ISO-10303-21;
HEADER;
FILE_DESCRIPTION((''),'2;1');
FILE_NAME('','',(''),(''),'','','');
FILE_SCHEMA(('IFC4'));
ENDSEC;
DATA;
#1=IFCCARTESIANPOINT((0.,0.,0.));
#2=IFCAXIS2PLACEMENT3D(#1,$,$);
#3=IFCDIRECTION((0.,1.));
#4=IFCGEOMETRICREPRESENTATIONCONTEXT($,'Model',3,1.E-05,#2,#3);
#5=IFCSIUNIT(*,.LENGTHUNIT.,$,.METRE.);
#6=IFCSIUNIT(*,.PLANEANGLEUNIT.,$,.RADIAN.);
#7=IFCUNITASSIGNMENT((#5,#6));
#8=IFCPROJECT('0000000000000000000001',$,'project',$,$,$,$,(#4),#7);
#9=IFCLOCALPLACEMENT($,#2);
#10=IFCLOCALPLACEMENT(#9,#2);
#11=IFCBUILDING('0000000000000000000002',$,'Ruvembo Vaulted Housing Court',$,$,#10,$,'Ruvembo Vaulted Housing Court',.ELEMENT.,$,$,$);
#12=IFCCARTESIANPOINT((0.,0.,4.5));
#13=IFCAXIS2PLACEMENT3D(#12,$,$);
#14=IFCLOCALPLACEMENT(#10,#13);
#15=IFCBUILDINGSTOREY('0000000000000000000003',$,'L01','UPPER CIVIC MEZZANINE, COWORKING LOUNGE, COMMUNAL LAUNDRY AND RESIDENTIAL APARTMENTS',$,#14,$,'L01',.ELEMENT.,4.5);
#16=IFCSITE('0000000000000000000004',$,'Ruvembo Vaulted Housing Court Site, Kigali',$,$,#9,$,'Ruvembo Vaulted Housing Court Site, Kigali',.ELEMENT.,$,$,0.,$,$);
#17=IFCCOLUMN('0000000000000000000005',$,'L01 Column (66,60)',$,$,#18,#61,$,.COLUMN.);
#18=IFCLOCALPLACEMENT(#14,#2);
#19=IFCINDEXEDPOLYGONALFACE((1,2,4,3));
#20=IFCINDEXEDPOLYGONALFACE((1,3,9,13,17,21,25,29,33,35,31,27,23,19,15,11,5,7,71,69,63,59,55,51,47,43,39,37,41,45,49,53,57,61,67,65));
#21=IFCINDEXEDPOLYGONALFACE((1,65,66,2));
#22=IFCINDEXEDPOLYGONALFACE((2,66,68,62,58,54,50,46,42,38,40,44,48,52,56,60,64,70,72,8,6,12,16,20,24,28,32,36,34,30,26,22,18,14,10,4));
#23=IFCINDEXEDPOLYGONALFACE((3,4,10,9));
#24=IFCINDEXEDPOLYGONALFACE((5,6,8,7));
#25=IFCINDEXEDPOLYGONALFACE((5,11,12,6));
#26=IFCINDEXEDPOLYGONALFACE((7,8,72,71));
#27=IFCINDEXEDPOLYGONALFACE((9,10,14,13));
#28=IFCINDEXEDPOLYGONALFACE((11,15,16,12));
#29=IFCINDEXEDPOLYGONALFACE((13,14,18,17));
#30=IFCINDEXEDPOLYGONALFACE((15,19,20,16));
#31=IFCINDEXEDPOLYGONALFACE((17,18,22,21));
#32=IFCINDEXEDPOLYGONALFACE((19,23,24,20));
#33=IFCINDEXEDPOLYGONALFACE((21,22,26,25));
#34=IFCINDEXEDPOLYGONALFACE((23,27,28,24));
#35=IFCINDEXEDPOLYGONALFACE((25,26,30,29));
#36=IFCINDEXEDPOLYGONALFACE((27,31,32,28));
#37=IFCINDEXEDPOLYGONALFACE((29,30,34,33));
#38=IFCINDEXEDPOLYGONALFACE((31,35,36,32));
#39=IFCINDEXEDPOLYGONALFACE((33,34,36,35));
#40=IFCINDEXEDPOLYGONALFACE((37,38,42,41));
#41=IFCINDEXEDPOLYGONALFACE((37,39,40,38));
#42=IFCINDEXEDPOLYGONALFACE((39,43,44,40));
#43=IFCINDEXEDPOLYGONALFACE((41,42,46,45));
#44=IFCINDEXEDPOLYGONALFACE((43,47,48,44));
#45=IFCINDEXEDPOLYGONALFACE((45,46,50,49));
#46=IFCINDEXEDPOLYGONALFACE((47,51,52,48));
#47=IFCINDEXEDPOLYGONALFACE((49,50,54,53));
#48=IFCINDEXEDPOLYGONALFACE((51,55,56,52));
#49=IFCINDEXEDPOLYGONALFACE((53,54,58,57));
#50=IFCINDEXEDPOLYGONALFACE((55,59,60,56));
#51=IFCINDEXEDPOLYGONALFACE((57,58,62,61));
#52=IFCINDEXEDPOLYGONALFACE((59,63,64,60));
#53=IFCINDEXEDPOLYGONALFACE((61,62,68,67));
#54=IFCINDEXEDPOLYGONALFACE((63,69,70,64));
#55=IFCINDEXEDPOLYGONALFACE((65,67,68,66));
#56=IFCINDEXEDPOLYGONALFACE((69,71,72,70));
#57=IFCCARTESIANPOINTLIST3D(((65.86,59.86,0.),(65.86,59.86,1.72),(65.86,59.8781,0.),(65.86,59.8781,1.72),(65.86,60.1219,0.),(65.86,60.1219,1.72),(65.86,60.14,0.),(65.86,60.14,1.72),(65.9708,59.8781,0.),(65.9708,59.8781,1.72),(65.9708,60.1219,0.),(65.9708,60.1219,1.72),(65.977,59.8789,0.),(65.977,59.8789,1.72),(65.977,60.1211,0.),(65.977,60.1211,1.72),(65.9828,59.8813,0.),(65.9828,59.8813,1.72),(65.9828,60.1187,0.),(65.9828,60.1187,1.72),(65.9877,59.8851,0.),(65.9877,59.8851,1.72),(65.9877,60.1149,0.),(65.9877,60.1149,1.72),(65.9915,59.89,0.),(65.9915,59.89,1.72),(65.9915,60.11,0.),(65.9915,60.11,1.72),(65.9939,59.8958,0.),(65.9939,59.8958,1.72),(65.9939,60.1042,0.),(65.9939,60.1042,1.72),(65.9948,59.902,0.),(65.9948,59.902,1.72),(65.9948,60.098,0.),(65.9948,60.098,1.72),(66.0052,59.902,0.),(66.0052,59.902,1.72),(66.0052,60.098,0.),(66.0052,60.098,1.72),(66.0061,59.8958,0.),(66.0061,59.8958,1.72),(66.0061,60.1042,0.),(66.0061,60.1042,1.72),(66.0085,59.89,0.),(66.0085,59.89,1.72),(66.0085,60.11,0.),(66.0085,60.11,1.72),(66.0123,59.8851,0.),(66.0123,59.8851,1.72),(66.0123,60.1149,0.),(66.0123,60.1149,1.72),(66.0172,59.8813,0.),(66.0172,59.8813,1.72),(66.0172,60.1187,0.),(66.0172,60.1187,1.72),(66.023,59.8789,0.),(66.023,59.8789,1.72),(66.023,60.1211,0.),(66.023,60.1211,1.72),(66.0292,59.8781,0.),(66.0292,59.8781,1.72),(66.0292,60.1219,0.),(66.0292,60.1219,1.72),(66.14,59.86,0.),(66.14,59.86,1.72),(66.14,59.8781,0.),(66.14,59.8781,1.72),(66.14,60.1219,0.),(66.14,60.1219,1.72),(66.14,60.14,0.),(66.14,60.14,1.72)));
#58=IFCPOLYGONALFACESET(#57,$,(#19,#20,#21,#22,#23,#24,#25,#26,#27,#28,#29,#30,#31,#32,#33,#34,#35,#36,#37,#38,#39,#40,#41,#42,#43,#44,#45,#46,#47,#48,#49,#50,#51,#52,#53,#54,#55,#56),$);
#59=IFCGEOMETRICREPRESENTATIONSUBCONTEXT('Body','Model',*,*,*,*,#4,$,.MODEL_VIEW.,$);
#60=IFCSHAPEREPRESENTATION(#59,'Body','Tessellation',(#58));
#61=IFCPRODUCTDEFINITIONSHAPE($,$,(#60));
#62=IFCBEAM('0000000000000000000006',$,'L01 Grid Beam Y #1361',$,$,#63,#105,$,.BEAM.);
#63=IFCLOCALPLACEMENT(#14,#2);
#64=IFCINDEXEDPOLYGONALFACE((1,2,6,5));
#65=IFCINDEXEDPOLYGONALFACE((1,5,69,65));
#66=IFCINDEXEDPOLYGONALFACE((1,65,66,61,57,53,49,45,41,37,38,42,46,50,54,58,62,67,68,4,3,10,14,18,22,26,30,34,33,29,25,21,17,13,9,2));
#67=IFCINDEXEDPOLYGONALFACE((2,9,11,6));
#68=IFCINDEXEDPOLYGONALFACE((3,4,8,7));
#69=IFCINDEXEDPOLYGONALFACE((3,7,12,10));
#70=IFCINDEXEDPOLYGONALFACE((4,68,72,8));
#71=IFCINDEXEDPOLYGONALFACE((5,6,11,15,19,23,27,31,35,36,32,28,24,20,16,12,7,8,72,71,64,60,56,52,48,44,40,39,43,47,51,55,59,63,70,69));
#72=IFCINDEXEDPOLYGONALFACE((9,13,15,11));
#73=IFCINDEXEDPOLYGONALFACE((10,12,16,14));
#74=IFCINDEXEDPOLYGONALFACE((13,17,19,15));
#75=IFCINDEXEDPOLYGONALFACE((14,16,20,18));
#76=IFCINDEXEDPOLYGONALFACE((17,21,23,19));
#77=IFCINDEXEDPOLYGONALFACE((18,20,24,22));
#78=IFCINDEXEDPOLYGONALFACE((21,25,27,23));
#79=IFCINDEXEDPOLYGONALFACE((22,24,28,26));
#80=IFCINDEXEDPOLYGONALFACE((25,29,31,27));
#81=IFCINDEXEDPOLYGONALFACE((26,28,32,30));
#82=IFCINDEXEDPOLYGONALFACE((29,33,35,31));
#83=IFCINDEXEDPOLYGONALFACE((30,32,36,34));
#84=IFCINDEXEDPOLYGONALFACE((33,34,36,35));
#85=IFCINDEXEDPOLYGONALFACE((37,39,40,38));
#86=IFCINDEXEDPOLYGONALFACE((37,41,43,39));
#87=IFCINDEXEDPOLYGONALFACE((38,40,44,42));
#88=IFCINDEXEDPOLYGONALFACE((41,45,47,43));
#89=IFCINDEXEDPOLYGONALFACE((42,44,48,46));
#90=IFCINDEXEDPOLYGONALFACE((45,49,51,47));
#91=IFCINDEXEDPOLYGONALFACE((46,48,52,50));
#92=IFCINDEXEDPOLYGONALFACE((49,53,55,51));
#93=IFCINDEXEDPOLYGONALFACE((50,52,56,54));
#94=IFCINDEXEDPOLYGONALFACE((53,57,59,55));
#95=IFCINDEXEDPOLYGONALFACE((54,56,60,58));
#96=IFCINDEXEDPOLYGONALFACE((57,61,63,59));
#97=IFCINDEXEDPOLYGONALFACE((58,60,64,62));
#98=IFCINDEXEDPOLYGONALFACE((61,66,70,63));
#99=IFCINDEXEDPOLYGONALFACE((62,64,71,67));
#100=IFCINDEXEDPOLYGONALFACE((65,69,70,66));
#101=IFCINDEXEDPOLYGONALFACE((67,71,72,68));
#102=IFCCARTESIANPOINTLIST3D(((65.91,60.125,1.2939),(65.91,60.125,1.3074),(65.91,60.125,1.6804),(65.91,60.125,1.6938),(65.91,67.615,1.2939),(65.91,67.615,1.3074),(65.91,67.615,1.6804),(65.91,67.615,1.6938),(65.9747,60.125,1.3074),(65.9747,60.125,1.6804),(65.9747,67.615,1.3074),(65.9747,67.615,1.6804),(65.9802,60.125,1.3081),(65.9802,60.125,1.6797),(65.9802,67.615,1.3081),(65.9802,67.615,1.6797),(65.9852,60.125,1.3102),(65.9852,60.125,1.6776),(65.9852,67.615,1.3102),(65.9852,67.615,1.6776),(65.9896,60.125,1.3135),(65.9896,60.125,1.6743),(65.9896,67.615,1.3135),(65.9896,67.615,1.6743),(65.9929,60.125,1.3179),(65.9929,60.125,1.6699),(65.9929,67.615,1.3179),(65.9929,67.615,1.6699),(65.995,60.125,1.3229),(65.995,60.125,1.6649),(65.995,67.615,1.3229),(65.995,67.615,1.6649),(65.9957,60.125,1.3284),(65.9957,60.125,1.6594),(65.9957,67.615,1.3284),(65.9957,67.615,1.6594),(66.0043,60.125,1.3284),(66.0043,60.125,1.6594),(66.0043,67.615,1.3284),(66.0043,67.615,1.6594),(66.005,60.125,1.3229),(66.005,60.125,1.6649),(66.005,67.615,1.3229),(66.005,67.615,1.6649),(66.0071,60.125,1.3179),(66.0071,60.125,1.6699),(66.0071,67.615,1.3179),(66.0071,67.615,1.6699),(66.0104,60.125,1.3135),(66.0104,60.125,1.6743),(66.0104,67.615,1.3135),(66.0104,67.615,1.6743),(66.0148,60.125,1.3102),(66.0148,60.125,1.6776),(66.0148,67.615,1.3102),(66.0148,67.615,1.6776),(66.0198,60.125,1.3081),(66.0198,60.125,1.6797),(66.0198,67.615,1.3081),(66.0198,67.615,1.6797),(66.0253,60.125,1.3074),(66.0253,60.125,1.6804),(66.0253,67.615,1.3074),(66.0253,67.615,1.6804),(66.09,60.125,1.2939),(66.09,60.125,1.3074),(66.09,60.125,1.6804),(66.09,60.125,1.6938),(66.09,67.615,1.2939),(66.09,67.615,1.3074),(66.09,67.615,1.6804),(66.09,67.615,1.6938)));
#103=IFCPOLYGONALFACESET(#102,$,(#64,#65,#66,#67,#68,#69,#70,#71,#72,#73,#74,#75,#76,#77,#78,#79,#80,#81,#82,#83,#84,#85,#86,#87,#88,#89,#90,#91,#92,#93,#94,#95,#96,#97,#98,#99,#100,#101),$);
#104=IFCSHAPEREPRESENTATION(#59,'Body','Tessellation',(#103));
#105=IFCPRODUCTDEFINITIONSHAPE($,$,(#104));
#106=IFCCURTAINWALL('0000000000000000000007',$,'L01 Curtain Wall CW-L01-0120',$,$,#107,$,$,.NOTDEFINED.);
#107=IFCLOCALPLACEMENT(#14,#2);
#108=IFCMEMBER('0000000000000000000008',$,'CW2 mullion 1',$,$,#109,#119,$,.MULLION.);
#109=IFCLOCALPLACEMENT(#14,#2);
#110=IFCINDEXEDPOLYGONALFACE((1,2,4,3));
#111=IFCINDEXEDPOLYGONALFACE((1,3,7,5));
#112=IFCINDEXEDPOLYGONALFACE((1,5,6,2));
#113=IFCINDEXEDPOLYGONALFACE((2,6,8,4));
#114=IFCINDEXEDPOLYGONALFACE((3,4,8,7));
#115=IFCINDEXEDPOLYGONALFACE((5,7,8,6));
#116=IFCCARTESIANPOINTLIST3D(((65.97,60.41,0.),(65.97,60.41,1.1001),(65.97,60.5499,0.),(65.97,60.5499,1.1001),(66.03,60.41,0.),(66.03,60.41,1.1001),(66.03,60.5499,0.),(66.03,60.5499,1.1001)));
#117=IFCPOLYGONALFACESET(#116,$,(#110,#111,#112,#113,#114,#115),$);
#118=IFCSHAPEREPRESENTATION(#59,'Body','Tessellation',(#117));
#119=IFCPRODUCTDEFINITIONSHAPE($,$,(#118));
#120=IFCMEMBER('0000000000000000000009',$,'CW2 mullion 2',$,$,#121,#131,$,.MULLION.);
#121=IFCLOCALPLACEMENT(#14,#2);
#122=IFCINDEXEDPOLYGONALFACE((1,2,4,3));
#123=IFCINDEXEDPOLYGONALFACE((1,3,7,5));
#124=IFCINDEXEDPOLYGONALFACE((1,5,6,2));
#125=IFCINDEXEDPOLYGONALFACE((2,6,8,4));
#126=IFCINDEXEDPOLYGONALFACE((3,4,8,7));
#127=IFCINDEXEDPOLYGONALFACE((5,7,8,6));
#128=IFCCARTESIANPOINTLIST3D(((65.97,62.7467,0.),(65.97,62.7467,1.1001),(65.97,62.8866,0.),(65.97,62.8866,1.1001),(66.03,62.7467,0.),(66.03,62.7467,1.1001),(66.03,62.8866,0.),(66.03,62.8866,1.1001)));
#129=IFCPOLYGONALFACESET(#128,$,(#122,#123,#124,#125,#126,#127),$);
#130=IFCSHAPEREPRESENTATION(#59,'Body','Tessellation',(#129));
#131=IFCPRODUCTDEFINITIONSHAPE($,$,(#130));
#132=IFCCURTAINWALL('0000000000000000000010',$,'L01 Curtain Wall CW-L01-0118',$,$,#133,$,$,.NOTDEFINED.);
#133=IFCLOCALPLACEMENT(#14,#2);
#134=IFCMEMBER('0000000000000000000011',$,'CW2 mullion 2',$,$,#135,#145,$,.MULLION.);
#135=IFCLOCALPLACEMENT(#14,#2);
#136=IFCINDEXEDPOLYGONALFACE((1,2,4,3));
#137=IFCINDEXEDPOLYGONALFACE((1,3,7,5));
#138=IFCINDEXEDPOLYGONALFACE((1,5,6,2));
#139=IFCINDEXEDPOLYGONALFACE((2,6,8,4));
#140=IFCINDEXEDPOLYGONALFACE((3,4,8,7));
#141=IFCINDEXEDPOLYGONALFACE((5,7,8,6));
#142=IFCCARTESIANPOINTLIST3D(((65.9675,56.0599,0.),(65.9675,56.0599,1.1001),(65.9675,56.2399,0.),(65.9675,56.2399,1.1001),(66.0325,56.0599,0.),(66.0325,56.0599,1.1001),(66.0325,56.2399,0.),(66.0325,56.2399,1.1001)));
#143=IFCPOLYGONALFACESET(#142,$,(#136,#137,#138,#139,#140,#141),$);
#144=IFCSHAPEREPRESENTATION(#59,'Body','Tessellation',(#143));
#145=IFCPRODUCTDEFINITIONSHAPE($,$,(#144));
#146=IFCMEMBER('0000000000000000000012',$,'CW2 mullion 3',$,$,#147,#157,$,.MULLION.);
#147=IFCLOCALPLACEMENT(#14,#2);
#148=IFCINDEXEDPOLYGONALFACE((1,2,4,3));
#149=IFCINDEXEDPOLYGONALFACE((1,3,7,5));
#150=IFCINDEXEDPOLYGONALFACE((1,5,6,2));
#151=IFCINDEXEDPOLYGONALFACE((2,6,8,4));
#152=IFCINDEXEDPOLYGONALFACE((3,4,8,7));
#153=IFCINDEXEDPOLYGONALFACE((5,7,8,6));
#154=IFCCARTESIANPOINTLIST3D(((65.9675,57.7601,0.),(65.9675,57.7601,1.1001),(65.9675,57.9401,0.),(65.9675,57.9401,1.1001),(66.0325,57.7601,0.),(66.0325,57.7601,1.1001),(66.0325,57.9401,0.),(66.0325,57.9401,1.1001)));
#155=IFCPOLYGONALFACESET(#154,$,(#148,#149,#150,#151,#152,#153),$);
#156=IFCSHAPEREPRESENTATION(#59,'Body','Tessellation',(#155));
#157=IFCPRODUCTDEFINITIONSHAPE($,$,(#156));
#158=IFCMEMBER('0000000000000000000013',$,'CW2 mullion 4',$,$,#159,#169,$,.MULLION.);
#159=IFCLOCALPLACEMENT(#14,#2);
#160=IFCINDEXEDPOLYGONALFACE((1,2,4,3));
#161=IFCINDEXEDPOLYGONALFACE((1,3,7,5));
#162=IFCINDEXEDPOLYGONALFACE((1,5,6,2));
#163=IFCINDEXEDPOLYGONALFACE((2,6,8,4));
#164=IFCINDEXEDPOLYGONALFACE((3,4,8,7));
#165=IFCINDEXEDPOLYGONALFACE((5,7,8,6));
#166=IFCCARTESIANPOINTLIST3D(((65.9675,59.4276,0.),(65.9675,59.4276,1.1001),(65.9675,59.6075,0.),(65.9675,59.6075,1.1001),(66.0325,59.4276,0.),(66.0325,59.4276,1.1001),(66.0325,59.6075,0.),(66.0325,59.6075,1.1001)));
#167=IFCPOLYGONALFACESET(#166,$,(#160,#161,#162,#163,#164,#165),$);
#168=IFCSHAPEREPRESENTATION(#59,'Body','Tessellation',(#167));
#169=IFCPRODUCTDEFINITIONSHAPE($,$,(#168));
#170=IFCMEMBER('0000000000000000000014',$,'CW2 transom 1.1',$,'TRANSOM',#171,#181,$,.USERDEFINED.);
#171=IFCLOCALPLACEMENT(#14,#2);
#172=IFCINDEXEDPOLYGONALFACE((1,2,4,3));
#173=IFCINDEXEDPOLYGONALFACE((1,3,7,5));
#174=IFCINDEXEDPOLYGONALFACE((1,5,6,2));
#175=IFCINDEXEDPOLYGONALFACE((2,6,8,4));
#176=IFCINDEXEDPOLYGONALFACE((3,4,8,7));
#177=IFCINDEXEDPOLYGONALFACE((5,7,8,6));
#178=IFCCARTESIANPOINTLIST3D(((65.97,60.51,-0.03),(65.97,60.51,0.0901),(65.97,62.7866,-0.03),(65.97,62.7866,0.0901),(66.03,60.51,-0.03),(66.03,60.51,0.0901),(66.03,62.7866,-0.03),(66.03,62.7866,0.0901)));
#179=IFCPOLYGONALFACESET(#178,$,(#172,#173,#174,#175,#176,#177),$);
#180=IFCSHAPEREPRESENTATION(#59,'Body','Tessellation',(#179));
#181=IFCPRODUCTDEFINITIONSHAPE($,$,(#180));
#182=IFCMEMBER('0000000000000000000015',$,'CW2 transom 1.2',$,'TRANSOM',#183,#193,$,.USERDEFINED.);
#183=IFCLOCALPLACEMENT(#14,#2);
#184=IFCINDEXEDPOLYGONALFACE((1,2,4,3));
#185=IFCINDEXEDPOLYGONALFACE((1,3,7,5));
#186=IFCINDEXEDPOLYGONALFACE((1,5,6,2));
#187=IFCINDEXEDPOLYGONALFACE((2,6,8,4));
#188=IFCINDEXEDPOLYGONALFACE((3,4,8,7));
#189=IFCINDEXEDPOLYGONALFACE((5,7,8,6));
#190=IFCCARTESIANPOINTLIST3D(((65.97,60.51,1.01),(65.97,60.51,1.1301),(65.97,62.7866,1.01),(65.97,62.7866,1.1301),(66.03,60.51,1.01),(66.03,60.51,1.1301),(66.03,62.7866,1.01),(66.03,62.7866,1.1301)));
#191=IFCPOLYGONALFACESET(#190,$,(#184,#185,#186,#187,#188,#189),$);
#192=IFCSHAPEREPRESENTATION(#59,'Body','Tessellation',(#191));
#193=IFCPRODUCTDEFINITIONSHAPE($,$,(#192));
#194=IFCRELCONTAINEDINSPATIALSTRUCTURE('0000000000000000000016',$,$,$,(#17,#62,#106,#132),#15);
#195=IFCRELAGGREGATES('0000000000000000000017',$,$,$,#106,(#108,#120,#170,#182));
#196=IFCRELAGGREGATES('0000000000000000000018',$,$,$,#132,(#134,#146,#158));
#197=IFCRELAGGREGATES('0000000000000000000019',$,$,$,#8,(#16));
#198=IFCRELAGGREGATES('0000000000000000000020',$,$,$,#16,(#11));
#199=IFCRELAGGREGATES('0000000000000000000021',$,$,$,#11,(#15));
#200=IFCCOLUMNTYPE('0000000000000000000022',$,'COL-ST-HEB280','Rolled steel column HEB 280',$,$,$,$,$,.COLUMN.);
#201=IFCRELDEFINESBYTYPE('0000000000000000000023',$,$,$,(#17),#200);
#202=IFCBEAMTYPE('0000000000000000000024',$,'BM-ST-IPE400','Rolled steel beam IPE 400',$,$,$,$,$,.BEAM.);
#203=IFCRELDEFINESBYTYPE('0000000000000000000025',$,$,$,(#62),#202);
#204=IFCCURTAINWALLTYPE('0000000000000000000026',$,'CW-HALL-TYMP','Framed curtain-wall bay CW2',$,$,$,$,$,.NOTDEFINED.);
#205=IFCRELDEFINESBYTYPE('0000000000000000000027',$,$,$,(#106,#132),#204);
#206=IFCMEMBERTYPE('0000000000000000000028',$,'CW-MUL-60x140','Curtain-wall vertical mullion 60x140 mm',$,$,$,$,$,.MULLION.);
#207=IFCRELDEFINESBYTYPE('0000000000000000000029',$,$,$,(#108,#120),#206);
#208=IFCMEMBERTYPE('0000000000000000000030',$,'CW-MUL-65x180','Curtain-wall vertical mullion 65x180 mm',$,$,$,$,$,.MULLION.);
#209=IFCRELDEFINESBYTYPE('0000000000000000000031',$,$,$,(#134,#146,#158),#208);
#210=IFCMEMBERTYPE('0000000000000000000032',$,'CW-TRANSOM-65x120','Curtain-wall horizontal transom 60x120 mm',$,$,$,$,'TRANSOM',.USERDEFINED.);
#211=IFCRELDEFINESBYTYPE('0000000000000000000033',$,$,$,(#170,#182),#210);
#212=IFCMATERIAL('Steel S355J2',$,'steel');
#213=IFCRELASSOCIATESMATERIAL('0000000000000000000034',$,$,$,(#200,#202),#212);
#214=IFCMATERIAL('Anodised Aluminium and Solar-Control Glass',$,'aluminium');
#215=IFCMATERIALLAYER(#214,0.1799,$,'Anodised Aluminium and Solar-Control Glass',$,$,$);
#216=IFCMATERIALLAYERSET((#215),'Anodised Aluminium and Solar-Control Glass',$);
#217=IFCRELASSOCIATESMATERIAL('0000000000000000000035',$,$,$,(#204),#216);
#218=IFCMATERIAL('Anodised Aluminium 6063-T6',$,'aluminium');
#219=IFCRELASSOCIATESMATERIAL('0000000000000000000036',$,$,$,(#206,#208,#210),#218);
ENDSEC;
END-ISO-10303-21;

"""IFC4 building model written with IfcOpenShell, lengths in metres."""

from ifc_helpers import new_model, si_unit, direction, frame, origin, origin_2d, place, context, subcontext, project, spatial, rectangle, i_section, extrude, material, layer, layer_set, material_profile, profile_set, type_object, element, aggregate, save


model = new_model("IFC4")

# Units and contexts
model_context = context("Model", 3, precision=1e-05, world=origin(), true_north=direction((0.0, 1.0)))
body_context = subcontext(model_context, "Body", "Model", "MODEL_VIEW")
ifc_project = project(units=[si_unit("LENGTHUNIT", "METRE"), si_unit("PLANEANGLEUNIT", "RADIAN")], contexts=[model_context])

# Site, building, storey
site_placement = place(None, origin())
site = spatial("IfcSite", under=ifc_project, at=site_placement, Name="Ruvembo Vaulted Housing Court Site, Kigali", LongName="Ruvembo Vaulted Housing Court Site, Kigali", CompositionType="ELEMENT", RefElevation=0.0)
building_placement = place(site_placement, origin())
building = spatial("IfcBuilding", under=site, at=building_placement, Name="Ruvembo Vaulted Housing Court", LongName="Ruvembo Vaulted Housing Court", CompositionType="ELEMENT")
storey_placement = place(building_placement, frame((0.0, 0.0, 4.5)))
storey = spatial("IfcBuildingStorey", under=building, at=storey_placement, Name="L01", Description="UPPER CIVIC MEZZANINE, COWORKING LOUNGE, COMMUNAL LAUNDRY AND RESIDENTIAL APARTMENTS", LongName="L01", CompositionType="ELEMENT", Elevation=4.5)

# Column
ifc_material_1 = material(Name="Steel S355J2", Category="steel")
ifc_material_profile_1 = material_profile(ifc_material_1, i_section(OverallWidth=0.28, OverallDepth=0.28, WebThickness=0.0105, FlangeThickness=0.0181, FilletRadius=0.0239, at=origin_2d()), Name="HEB 280")
ifc_profile_set_1 = profile_set([ifc_material_profile_1], Name="Steel S355J2")
column_type = type_object("IfcColumnType", Name="COL-ST-HEB280", Description="Rolled steel column HEB 280", PredefinedType="COLUMN", material=ifc_profile_set_1)
column_placement = place(storey_placement, frame((66.0, 60.0, 0.0), z_axis=(0.0, 0.0, 1.0), x_axis=(1.0, 0.0, 0.0)))
element("IfcColumn", 1, at=column_placement, inside=storey, type_object=column_type, Name="L01 Column (66,60)", PredefinedType="COLUMN", context=body_context, shape_type="SweptSolid", body=[
    extrude(i_section(OverallWidth=0.28, OverallDepth=0.28, WebThickness=0.0105, FlangeThickness=0.0181, FilletRadius=0.0239, at=origin_2d()), origin(), (0.0, 0.0, 1.0), 1.72),
])

# Beam
ifc_material_profile_2 = material_profile(ifc_material_1, i_section(OverallWidth=0.1799, OverallDepth=0.3999, WebThickness=0.0085, FlangeThickness=0.0134, FilletRadius=0.021, at=origin_2d()), Name="IPE 400")
ifc_profile_set_2 = profile_set([ifc_material_profile_2], Name="Steel S355J2")
beam_type = type_object("IfcBeamType", Name="BM-ST-IPE400", Description="Rolled steel beam IPE 400", PredefinedType="BEAM", material=ifc_profile_set_2)
beam_placement = place(storey_placement, frame((66.0, 60.125, 1.4939), z_axis=(0.0, 1.0, 0.0), x_axis=(-1.0, 0.0, 0.0)))
element("IfcBeam", 2, at=beam_placement, inside=storey, type_object=beam_type, Name="L01 Grid Beam Y #1361", PredefinedType="BEAM", context=body_context, shape_type="SweptSolid", body=[
    extrude(i_section(OverallWidth=0.1799, OverallDepth=0.3999, WebThickness=0.0085, FlangeThickness=0.0134, FilletRadius=0.021, at=origin_2d()), origin(), (0.0, 0.0, 1.0), 7.49),
])

# Curtain walls, members
ifc_material_2 = material(Name="Anodised Aluminium and Solar-Control Glass", Category="aluminium")
ifc_layer_1 = layer(ifc_material_2, 0.1799, Name="Anodised Aluminium and Solar-Control Glass")
ifc_layer_set_1 = layer_set([ifc_layer_1], Name="Anodised Aluminium and Solar-Control Glass")
curtain_wall_type = type_object("IfcCurtainWallType", Name="CW-HALL-TYMP", Description="Framed curtain-wall bay CW2", PredefinedType="NOTDEFINED", material=ifc_layer_set_1)
curtain_wall_1_placement = place(storey_placement, origin())
curtain_wall_1 = element("IfcCurtainWall", 3, at=curtain_wall_1_placement, inside=storey, type_object=curtain_wall_type, Name="L01 Curtain Wall CW-L01-0120", PredefinedType="NOTDEFINED")
ifc_material_3 = material(Name="Anodised Aluminium 6063-T6", Category="aluminium")
ifc_material_profile_3 = material_profile(ifc_material_3, rectangle(XDim=0.0601, YDim=0.1399, at=origin_2d()), Name="ALU 60x140")
ifc_profile_set_3 = profile_set([ifc_material_profile_3], Name="Anodised Aluminium 6063-T6")
member_type_1 = type_object("IfcMemberType", Name="CW-MUL-60x140", Description="Curtain-wall vertical mullion 60x140 mm", PredefinedType="MULLION", material=ifc_profile_set_3)
member_1_placement = place(storey_placement, frame((66.0, 60.48, 0.0), z_axis=(0.0, 0.0, 1.0), x_axis=(-1.0, 0.0, 0.0)))
member_1 = element("IfcMember", 4, at=member_1_placement, type_object=member_type_1, Name="CW2 mullion 1", PredefinedType="MULLION", context=body_context, shape_type="SweptSolid", body=[
    extrude(rectangle(XDim=0.0601, YDim=0.1399, at=origin_2d()), origin(), (0.0, 0.0, 1.0), 1.1001),
])
member_2_placement = place(storey_placement, frame((66.0, 62.8167, 0.0), z_axis=(0.0, 0.0, 1.0), x_axis=(-1.0, 0.0, 0.0)))
member_2 = element("IfcMember", 5, at=member_2_placement, type_object=member_type_1, Name="CW2 mullion 2", PredefinedType="MULLION", context=body_context, shape_type="SweptSolid", body=[
    extrude(rectangle(XDim=0.0601, YDim=0.1399, at=origin_2d()), origin(), (0.0, 0.0, 1.0), 1.1001),
])
curtain_wall_2_placement = place(storey_placement, origin())
curtain_wall_2 = element("IfcCurtainWall", 6, at=curtain_wall_2_placement, inside=storey, type_object=curtain_wall_type, Name="L01 Curtain Wall CW-L01-0118", PredefinedType="NOTDEFINED")
ifc_material_profile_4 = material_profile(ifc_material_3, rectangle(XDim=0.0649, YDim=0.1799, at=origin_2d()), Name="ALU 65x180")
ifc_profile_set_4 = profile_set([ifc_material_profile_4], Name="Anodised Aluminium 6063-T6")
member_type_2 = type_object("IfcMemberType", Name="CW-MUL-65x180", Description="Curtain-wall vertical mullion 65x180 mm", PredefinedType="MULLION", material=ifc_profile_set_4)
member_3_placement = place(storey_placement, frame((66.0, 56.1499, 0.0), z_axis=(0.0, 0.0, 1.0), x_axis=(-1.0, 0.0, 0.0)))
member_3 = element("IfcMember", 7, at=member_3_placement, type_object=member_type_2, Name="CW2 mullion 2", PredefinedType="MULLION", context=body_context, shape_type="SweptSolid", body=[
    extrude(rectangle(XDim=0.0649, YDim=0.1799, at=origin_2d()), origin(), (0.0, 0.0, 1.0), 1.1001),
])
member_4_placement = place(storey_placement, frame((66.0, 57.8501, 0.0), z_axis=(0.0, 0.0, 1.0), x_axis=(-1.0, 0.0, 0.0)))
member_4 = element("IfcMember", 8, at=member_4_placement, type_object=member_type_2, Name="CW2 mullion 3", PredefinedType="MULLION", context=body_context, shape_type="SweptSolid", body=[
    extrude(rectangle(XDim=0.0649, YDim=0.1799, at=origin_2d()), origin(), (0.0, 0.0, 1.0), 1.1001),
])
member_5_placement = place(storey_placement, frame((66.0, 59.5176, 0.0), z_axis=(0.0, 0.0, 1.0), x_axis=(-1.0, 0.0, 0.0)))
member_5 = element("IfcMember", 9, at=member_5_placement, type_object=member_type_2, Name="CW2 mullion 4", PredefinedType="MULLION", context=body_context, shape_type="SweptSolid", body=[
    extrude(rectangle(XDim=0.0649, YDim=0.1799, at=origin_2d()), origin(), (0.0, 0.0, 1.0), 1.1001),
])

# Members
ifc_material_profile_5 = material_profile(ifc_material_3, rectangle(XDim=0.0601, YDim=0.1201, at=origin_2d()), Name="ALU 60x120")
ifc_profile_set_5 = profile_set([ifc_material_profile_5], Name="Anodised Aluminium 6063-T6")
member_type_3 = type_object("IfcMemberType", Name="CW-TRANSOM-65x120", Description="Curtain-wall horizontal transom 60x120 mm", ElementType="TRANSOM", PredefinedType="USERDEFINED", material=ifc_profile_set_5)
member_6_placement = place(storey_placement, frame((66.0, 60.51, 0.03), z_axis=(0.0, 1.0, 0.0), x_axis=(-1.0, 0.0, 0.0)))
member_6 = element("IfcMember", 10, at=member_6_placement, type_object=member_type_3, Name="CW2 transom 1.1", ObjectType="TRANSOM", PredefinedType="USERDEFINED", context=body_context, shape_type="SweptSolid", body=[
    extrude(rectangle(XDim=0.0601, YDim=0.1201, at=origin_2d()), origin(), (0.0, 0.0, 1.0), 2.2766),
])
member_7_placement = place(storey_placement, frame((66.0, 60.51, 1.0701), z_axis=(0.0, 1.0, 0.0), x_axis=(-1.0, 0.0, 0.0)))
member_7 = element("IfcMember", 11, at=member_7_placement, type_object=member_type_3, Name="CW2 transom 1.2", ObjectType="TRANSOM", PredefinedType="USERDEFINED", context=body_context, shape_type="SweptSolid", body=[
    extrude(rectangle(XDim=0.0601, YDim=0.1201, at=origin_2d()), origin(), (0.0, 0.0, 1.0), 2.2766),
])

aggregate(curtain_wall_1, [member_1, member_2, member_6, member_7])
aggregate(curtain_wall_2, [member_3, member_4, member_5])

save(model, "model.ifc")
